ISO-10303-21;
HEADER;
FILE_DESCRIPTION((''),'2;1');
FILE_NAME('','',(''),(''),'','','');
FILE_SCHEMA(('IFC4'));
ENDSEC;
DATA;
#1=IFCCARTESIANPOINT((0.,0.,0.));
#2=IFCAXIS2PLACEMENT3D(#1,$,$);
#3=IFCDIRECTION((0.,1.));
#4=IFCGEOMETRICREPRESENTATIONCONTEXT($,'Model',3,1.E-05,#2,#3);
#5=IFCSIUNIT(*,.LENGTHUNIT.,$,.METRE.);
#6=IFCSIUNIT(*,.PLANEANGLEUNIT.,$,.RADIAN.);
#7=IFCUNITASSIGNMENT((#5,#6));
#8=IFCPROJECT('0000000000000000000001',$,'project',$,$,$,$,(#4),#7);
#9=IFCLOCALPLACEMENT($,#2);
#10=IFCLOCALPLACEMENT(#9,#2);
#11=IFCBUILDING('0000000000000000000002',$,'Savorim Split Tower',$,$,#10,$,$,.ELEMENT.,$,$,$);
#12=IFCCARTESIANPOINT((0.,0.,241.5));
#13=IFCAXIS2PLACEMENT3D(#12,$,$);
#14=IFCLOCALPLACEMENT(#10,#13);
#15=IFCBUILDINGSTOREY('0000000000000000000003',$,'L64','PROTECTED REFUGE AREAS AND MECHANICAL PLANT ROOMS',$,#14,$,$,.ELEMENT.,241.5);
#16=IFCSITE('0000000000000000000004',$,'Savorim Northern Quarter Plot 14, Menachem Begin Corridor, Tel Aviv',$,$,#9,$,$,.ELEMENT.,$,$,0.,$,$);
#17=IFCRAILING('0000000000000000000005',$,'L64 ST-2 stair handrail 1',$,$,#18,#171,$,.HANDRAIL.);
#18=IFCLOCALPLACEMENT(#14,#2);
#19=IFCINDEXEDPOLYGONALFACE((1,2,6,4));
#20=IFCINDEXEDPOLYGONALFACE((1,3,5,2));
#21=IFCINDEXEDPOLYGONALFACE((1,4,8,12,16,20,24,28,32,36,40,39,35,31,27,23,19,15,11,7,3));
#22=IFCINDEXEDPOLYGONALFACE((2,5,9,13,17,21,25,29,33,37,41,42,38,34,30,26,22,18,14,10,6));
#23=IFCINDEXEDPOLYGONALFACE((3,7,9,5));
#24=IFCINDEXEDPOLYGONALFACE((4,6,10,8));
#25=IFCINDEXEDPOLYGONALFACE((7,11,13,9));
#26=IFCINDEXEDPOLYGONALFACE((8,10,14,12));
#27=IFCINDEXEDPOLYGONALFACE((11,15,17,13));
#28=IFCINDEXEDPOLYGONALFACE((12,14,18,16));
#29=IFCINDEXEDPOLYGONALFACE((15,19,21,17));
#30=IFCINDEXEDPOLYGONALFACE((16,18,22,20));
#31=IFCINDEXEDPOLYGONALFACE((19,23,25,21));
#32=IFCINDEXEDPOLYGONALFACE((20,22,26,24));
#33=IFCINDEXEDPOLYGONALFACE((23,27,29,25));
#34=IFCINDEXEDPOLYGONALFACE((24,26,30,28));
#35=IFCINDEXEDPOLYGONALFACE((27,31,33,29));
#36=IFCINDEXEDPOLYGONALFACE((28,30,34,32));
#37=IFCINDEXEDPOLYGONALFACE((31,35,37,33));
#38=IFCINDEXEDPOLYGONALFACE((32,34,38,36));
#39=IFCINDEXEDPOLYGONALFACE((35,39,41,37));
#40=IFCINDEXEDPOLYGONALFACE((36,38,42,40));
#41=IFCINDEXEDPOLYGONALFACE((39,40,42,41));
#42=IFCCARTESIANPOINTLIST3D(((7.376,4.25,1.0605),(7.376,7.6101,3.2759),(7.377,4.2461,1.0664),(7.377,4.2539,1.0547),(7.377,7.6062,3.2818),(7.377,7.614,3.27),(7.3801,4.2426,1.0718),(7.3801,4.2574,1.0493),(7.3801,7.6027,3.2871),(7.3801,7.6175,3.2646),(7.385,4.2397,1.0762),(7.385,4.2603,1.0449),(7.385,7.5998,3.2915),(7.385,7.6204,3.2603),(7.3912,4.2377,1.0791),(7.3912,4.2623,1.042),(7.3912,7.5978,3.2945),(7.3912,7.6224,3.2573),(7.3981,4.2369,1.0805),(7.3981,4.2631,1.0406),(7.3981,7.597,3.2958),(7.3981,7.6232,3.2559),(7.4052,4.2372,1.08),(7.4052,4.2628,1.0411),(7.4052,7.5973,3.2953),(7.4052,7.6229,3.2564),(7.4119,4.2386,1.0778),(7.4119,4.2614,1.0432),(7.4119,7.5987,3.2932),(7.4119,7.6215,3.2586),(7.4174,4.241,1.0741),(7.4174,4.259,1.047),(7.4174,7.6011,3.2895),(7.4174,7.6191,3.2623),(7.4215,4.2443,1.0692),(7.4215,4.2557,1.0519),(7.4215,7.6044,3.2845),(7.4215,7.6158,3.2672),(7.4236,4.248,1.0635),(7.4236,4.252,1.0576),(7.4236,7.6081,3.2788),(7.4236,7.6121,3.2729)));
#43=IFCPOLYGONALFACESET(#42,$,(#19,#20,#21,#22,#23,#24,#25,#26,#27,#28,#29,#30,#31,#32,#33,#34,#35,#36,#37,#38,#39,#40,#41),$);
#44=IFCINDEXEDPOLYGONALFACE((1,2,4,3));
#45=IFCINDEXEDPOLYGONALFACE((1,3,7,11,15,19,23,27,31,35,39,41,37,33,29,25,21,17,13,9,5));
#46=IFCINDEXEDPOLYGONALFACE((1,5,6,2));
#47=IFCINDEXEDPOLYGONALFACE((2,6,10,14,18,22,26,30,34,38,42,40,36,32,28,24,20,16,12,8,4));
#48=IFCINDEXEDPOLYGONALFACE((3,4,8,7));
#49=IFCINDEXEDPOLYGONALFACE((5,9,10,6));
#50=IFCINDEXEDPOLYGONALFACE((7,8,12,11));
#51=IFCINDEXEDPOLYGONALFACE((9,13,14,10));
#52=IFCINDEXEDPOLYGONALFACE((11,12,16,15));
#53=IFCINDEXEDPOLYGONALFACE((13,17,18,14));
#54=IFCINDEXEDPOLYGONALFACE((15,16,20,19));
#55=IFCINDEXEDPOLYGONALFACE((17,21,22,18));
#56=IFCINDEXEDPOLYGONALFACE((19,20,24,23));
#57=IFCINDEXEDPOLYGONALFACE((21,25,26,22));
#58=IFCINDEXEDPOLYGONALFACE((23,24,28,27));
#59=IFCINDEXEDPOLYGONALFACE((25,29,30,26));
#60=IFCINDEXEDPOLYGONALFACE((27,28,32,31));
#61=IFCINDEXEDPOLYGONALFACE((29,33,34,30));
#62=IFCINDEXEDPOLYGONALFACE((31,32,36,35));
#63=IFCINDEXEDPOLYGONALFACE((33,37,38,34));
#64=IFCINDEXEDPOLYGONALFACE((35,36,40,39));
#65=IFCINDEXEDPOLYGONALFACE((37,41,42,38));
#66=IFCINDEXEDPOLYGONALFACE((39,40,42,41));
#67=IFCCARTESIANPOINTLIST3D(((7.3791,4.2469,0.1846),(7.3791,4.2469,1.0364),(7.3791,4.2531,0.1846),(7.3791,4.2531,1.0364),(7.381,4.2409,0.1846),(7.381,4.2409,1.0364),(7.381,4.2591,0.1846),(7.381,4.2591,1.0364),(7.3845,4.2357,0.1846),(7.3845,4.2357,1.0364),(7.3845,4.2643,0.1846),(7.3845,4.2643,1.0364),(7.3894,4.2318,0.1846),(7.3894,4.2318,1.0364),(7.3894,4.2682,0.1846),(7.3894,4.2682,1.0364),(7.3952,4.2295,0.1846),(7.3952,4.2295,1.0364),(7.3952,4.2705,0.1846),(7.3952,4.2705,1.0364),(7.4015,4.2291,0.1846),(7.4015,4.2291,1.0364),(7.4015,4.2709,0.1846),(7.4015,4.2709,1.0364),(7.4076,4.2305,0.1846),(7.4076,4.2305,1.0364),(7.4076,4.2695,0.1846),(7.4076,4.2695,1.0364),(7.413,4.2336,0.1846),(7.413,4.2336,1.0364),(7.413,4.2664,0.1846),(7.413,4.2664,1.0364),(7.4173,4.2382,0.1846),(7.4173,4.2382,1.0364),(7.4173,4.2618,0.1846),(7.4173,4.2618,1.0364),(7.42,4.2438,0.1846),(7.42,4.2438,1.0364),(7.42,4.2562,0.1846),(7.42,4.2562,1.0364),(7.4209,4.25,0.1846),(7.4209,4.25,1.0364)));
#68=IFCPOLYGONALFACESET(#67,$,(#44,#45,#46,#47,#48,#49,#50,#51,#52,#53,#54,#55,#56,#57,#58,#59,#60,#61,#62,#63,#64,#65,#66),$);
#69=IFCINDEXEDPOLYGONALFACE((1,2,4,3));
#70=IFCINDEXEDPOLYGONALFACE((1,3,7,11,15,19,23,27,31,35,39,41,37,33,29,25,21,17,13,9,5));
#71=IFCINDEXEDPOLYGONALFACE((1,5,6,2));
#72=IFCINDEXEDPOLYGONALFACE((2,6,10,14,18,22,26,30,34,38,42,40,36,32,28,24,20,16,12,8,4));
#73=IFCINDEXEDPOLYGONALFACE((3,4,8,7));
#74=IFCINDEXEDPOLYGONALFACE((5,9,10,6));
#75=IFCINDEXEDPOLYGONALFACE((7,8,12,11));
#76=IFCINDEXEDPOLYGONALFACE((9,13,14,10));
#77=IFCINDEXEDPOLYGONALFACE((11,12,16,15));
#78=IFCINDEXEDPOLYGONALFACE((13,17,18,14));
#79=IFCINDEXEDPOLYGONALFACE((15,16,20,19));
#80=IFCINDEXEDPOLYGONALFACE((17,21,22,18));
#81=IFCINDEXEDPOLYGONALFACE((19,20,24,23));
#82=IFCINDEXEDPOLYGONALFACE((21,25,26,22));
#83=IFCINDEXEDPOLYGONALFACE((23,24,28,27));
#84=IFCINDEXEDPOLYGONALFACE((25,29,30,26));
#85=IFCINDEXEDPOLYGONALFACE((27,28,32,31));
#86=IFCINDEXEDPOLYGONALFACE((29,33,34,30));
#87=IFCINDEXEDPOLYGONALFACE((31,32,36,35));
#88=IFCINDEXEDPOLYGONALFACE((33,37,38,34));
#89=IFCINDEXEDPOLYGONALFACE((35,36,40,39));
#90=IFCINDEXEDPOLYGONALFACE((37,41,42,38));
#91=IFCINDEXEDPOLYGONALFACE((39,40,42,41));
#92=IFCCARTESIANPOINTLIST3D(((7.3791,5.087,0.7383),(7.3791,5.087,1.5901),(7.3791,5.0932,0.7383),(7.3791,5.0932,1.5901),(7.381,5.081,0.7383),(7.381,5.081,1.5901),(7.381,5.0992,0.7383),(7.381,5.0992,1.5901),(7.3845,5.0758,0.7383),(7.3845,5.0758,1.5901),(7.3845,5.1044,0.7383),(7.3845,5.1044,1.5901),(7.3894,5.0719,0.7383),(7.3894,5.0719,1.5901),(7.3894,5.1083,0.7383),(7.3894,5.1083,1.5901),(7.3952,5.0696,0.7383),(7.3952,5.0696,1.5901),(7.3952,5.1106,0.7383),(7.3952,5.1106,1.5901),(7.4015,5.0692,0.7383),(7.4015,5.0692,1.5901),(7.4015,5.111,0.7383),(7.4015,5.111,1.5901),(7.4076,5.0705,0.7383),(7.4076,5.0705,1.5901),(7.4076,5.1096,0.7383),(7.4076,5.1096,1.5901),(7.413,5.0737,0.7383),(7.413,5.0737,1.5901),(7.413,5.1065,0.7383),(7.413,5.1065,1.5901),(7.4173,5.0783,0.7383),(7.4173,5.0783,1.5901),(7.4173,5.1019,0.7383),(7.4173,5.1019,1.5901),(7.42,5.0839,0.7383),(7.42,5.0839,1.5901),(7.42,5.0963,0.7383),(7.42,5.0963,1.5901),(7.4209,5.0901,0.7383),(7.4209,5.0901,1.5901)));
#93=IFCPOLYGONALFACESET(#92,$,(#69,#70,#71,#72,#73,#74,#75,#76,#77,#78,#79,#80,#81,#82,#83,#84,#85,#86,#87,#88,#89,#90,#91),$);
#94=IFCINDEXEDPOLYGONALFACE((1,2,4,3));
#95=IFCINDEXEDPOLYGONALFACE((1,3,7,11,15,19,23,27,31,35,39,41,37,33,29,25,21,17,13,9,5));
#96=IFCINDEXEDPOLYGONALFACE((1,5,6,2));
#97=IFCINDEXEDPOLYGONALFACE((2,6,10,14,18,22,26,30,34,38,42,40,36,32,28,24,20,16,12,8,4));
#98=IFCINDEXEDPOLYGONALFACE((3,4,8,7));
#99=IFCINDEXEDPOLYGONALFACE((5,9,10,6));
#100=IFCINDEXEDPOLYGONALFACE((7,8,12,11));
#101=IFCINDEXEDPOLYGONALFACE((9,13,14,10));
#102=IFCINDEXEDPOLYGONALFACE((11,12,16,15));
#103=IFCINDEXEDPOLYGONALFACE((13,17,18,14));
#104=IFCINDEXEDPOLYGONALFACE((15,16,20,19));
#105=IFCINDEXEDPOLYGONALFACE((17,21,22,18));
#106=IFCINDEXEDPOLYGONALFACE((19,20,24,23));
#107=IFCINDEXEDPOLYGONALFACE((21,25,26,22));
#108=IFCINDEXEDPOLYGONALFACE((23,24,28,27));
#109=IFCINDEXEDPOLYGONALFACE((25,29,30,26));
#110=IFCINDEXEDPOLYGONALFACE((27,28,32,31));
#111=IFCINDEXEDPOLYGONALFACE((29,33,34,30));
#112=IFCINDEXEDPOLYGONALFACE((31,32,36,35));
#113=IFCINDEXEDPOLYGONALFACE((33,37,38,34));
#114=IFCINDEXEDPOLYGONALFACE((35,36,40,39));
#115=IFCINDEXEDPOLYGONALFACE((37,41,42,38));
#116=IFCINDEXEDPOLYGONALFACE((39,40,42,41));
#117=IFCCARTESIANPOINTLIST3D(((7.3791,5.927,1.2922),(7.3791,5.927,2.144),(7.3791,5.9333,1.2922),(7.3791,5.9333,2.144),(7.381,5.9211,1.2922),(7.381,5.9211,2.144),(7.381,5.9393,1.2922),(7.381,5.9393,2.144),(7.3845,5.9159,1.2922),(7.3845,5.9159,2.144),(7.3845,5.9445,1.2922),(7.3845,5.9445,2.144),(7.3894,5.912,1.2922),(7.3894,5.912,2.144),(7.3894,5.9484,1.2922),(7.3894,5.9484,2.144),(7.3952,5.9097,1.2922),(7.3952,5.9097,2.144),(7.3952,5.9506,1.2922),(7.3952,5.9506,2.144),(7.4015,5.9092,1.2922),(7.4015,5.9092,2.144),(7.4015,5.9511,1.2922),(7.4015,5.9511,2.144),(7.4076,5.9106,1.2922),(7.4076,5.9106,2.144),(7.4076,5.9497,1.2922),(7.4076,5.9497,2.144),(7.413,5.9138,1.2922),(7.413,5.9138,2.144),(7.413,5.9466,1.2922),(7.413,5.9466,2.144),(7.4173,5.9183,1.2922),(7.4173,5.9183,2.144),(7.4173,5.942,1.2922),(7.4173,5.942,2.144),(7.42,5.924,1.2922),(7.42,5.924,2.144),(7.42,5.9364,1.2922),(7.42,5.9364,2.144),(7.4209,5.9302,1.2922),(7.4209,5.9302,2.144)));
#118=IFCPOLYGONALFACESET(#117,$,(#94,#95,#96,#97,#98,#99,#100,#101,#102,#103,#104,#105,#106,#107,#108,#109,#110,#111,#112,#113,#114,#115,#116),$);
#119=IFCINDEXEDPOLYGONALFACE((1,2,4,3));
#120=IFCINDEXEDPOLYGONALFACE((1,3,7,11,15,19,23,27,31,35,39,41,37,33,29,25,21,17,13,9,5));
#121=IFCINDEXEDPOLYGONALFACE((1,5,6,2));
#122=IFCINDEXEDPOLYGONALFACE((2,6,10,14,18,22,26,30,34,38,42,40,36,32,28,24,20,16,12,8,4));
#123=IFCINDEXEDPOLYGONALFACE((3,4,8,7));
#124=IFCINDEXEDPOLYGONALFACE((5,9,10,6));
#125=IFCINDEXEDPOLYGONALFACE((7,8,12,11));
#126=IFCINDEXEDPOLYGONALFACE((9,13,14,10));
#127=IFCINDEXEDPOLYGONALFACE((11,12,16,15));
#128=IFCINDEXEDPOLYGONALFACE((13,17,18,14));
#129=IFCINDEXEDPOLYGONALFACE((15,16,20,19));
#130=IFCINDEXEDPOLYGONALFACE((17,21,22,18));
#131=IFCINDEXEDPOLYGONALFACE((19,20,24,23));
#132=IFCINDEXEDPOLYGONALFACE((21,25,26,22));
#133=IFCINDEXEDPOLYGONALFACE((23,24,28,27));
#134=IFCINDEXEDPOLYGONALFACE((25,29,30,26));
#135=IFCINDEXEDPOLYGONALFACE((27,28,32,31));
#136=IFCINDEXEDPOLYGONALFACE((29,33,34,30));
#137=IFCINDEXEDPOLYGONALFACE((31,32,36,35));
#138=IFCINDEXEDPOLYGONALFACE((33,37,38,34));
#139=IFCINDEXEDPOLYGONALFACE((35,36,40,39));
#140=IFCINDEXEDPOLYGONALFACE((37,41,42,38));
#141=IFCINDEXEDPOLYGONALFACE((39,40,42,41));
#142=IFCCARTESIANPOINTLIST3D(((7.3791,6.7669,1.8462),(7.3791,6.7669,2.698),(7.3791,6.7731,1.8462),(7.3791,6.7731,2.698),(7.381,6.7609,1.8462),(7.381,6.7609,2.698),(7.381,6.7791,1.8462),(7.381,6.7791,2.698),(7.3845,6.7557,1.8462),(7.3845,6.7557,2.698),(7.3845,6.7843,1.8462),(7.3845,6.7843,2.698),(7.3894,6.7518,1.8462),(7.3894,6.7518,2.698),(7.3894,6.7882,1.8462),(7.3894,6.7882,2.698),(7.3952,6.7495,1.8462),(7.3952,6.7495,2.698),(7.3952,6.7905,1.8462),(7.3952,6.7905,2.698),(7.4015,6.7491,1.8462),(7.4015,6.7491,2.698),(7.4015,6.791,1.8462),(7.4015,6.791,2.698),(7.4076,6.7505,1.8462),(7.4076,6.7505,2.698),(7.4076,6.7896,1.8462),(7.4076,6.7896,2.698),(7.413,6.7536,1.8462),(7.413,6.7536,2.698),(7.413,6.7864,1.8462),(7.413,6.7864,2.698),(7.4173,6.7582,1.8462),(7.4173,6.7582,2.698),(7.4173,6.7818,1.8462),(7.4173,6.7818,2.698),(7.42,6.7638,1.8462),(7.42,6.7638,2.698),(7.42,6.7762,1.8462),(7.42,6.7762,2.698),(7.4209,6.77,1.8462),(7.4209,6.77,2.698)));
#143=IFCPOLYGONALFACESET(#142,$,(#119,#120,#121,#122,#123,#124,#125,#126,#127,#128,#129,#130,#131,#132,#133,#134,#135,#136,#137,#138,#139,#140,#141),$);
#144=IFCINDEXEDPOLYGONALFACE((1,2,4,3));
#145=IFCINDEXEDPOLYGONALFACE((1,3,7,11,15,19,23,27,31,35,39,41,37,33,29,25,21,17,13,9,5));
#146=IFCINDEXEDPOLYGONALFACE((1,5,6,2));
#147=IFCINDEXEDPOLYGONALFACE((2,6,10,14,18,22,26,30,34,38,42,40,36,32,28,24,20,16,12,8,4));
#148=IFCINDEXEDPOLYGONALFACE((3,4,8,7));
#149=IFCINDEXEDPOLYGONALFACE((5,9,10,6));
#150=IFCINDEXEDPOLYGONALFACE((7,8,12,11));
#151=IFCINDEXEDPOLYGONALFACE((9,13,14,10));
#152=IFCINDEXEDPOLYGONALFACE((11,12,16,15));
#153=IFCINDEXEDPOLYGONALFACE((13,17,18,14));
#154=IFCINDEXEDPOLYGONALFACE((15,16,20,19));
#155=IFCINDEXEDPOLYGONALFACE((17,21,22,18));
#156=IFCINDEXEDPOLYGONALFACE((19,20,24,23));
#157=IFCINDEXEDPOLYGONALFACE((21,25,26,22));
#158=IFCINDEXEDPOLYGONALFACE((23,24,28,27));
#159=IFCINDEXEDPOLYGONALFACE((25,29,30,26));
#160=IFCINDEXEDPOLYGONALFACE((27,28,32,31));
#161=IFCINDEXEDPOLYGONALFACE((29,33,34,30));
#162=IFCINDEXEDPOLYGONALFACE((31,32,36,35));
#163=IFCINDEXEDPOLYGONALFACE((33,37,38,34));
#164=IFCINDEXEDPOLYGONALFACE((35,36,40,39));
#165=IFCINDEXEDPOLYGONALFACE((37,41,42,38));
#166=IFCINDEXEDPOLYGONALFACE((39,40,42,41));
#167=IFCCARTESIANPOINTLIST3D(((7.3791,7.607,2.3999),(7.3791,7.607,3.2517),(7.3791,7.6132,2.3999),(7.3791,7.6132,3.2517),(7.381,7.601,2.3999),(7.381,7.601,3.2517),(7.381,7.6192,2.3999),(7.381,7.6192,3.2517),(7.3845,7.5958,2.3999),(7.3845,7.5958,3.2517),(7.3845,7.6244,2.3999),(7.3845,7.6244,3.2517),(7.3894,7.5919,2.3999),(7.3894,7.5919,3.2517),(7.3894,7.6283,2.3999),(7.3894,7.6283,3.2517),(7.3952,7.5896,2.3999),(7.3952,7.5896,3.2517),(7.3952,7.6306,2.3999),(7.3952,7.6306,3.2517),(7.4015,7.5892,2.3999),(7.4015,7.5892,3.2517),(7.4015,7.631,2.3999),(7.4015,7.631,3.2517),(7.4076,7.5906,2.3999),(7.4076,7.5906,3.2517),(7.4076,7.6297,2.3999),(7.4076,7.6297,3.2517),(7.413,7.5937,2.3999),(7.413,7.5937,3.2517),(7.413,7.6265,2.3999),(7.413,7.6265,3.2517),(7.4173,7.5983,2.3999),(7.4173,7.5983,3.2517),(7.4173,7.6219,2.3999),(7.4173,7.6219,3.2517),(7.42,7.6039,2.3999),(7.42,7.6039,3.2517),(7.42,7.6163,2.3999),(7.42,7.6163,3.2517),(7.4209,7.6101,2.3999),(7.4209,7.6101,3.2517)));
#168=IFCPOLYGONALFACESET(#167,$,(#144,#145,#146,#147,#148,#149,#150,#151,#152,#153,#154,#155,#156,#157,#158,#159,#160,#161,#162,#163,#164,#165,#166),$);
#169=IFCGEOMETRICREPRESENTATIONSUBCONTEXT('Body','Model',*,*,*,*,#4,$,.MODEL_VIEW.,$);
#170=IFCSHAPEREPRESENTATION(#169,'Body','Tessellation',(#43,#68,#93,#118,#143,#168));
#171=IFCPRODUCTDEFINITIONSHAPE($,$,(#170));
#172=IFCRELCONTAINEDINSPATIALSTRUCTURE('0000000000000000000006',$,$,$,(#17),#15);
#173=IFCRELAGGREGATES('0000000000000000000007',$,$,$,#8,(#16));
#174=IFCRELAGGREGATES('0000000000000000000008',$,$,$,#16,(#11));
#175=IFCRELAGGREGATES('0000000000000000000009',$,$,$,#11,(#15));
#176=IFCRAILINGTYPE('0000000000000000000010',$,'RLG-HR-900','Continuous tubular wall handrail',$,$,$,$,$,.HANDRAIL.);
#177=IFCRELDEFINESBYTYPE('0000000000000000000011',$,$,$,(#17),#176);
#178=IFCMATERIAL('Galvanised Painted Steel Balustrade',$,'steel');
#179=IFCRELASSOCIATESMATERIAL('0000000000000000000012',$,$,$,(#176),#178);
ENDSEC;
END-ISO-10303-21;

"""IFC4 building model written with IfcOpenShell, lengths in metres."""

from ifc_helpers import new_model, si_unit, direction, frame, origin, origin_2d, place, context, subcontext, project, spatial, circle, extrude, material, type_object, element, save


model = new_model("IFC4")

# Units and contexts
model_context = context("Model", 3, precision=1e-05, world=origin(), true_north=direction((0.0, 1.0)))
body_context = subcontext(model_context, "Body", "Model", "MODEL_VIEW")
ifc_project = project(units=[si_unit("LENGTHUNIT", "METRE"), si_unit("PLANEANGLEUNIT", "RADIAN")], contexts=[model_context])

# Site, building, storey
site_placement = place(None, origin())
site = spatial("IfcSite", under=ifc_project, at=site_placement, Name="Savorim Northern Quarter Plot 14, Menachem Begin Corridor, Tel Aviv", CompositionType="ELEMENT", RefElevation=0.0)
building_placement = place(site_placement, origin())
building = spatial("IfcBuilding", under=site, at=building_placement, Name="Savorim Split Tower", CompositionType="ELEMENT")
storey_placement = place(building_placement, frame((0.0, 0.0, 241.5)))
storey = spatial("IfcBuildingStorey", under=building, at=storey_placement, Name="L64", Description="PROTECTED REFUGE AREAS AND MECHANICAL PLANT ROOMS", CompositionType="ELEMENT", Elevation=241.5)

# Shared definitions
ifc_material_1 = material(Name="Galvanised Painted Steel Balustrade", Category="steel")

# Railing
railing_type_1 = type_object("IfcRailingType", Name="RLG-HR-900", Description="Continuous tubular wall handrail", PredefinedType="HANDRAIL", material=ifc_material_1)
railing_1_placement = place(storey_placement, frame((7.3999, 4.25, 0.1846)))
element("IfcRailing", 1, at=railing_1_placement, inside=storey, type_object=railing_type_1, Name="L64 ST-2 stair handrail 1", PredefinedType="HANDRAIL", context=body_context, shape_type="SweptSolid", body=[
    extrude(circle(Radius=0.0239, at=origin_2d()), frame((0.0, 0.0, 0.876), z_axis=(0.0, 0.834876, 0.550437), x_axis=(-1.0, 0.0, 0.0)), (0.0, 0.0, 1.0), 4.0247),
    extrude(circle(Radius=0.021, at=origin_2d()), origin(), (0.0, 0.0, 1.0), 0.8518),
    extrude(circle(Radius=0.021, at=origin_2d()), frame((0.0, 0.8401, 0.5537)), (0.0, 0.0, 1.0), 0.8518),
    extrude(circle(Radius=0.021, at=origin_2d()), frame((0.0, 1.6802, 1.1077)), (0.0, 0.0, 1.0), 0.8518),
    extrude(circle(Radius=0.021, at=origin_2d()), frame((0.0, 2.52, 1.6616)), (0.0, 0.0, 1.0), 0.8518),
    extrude(circle(Radius=0.021, at=origin_2d()), frame((0.0, 3.3601, 2.2153)), (0.0, 0.0, 1.0), 0.8518),
])

save(model, "model.ifc")
